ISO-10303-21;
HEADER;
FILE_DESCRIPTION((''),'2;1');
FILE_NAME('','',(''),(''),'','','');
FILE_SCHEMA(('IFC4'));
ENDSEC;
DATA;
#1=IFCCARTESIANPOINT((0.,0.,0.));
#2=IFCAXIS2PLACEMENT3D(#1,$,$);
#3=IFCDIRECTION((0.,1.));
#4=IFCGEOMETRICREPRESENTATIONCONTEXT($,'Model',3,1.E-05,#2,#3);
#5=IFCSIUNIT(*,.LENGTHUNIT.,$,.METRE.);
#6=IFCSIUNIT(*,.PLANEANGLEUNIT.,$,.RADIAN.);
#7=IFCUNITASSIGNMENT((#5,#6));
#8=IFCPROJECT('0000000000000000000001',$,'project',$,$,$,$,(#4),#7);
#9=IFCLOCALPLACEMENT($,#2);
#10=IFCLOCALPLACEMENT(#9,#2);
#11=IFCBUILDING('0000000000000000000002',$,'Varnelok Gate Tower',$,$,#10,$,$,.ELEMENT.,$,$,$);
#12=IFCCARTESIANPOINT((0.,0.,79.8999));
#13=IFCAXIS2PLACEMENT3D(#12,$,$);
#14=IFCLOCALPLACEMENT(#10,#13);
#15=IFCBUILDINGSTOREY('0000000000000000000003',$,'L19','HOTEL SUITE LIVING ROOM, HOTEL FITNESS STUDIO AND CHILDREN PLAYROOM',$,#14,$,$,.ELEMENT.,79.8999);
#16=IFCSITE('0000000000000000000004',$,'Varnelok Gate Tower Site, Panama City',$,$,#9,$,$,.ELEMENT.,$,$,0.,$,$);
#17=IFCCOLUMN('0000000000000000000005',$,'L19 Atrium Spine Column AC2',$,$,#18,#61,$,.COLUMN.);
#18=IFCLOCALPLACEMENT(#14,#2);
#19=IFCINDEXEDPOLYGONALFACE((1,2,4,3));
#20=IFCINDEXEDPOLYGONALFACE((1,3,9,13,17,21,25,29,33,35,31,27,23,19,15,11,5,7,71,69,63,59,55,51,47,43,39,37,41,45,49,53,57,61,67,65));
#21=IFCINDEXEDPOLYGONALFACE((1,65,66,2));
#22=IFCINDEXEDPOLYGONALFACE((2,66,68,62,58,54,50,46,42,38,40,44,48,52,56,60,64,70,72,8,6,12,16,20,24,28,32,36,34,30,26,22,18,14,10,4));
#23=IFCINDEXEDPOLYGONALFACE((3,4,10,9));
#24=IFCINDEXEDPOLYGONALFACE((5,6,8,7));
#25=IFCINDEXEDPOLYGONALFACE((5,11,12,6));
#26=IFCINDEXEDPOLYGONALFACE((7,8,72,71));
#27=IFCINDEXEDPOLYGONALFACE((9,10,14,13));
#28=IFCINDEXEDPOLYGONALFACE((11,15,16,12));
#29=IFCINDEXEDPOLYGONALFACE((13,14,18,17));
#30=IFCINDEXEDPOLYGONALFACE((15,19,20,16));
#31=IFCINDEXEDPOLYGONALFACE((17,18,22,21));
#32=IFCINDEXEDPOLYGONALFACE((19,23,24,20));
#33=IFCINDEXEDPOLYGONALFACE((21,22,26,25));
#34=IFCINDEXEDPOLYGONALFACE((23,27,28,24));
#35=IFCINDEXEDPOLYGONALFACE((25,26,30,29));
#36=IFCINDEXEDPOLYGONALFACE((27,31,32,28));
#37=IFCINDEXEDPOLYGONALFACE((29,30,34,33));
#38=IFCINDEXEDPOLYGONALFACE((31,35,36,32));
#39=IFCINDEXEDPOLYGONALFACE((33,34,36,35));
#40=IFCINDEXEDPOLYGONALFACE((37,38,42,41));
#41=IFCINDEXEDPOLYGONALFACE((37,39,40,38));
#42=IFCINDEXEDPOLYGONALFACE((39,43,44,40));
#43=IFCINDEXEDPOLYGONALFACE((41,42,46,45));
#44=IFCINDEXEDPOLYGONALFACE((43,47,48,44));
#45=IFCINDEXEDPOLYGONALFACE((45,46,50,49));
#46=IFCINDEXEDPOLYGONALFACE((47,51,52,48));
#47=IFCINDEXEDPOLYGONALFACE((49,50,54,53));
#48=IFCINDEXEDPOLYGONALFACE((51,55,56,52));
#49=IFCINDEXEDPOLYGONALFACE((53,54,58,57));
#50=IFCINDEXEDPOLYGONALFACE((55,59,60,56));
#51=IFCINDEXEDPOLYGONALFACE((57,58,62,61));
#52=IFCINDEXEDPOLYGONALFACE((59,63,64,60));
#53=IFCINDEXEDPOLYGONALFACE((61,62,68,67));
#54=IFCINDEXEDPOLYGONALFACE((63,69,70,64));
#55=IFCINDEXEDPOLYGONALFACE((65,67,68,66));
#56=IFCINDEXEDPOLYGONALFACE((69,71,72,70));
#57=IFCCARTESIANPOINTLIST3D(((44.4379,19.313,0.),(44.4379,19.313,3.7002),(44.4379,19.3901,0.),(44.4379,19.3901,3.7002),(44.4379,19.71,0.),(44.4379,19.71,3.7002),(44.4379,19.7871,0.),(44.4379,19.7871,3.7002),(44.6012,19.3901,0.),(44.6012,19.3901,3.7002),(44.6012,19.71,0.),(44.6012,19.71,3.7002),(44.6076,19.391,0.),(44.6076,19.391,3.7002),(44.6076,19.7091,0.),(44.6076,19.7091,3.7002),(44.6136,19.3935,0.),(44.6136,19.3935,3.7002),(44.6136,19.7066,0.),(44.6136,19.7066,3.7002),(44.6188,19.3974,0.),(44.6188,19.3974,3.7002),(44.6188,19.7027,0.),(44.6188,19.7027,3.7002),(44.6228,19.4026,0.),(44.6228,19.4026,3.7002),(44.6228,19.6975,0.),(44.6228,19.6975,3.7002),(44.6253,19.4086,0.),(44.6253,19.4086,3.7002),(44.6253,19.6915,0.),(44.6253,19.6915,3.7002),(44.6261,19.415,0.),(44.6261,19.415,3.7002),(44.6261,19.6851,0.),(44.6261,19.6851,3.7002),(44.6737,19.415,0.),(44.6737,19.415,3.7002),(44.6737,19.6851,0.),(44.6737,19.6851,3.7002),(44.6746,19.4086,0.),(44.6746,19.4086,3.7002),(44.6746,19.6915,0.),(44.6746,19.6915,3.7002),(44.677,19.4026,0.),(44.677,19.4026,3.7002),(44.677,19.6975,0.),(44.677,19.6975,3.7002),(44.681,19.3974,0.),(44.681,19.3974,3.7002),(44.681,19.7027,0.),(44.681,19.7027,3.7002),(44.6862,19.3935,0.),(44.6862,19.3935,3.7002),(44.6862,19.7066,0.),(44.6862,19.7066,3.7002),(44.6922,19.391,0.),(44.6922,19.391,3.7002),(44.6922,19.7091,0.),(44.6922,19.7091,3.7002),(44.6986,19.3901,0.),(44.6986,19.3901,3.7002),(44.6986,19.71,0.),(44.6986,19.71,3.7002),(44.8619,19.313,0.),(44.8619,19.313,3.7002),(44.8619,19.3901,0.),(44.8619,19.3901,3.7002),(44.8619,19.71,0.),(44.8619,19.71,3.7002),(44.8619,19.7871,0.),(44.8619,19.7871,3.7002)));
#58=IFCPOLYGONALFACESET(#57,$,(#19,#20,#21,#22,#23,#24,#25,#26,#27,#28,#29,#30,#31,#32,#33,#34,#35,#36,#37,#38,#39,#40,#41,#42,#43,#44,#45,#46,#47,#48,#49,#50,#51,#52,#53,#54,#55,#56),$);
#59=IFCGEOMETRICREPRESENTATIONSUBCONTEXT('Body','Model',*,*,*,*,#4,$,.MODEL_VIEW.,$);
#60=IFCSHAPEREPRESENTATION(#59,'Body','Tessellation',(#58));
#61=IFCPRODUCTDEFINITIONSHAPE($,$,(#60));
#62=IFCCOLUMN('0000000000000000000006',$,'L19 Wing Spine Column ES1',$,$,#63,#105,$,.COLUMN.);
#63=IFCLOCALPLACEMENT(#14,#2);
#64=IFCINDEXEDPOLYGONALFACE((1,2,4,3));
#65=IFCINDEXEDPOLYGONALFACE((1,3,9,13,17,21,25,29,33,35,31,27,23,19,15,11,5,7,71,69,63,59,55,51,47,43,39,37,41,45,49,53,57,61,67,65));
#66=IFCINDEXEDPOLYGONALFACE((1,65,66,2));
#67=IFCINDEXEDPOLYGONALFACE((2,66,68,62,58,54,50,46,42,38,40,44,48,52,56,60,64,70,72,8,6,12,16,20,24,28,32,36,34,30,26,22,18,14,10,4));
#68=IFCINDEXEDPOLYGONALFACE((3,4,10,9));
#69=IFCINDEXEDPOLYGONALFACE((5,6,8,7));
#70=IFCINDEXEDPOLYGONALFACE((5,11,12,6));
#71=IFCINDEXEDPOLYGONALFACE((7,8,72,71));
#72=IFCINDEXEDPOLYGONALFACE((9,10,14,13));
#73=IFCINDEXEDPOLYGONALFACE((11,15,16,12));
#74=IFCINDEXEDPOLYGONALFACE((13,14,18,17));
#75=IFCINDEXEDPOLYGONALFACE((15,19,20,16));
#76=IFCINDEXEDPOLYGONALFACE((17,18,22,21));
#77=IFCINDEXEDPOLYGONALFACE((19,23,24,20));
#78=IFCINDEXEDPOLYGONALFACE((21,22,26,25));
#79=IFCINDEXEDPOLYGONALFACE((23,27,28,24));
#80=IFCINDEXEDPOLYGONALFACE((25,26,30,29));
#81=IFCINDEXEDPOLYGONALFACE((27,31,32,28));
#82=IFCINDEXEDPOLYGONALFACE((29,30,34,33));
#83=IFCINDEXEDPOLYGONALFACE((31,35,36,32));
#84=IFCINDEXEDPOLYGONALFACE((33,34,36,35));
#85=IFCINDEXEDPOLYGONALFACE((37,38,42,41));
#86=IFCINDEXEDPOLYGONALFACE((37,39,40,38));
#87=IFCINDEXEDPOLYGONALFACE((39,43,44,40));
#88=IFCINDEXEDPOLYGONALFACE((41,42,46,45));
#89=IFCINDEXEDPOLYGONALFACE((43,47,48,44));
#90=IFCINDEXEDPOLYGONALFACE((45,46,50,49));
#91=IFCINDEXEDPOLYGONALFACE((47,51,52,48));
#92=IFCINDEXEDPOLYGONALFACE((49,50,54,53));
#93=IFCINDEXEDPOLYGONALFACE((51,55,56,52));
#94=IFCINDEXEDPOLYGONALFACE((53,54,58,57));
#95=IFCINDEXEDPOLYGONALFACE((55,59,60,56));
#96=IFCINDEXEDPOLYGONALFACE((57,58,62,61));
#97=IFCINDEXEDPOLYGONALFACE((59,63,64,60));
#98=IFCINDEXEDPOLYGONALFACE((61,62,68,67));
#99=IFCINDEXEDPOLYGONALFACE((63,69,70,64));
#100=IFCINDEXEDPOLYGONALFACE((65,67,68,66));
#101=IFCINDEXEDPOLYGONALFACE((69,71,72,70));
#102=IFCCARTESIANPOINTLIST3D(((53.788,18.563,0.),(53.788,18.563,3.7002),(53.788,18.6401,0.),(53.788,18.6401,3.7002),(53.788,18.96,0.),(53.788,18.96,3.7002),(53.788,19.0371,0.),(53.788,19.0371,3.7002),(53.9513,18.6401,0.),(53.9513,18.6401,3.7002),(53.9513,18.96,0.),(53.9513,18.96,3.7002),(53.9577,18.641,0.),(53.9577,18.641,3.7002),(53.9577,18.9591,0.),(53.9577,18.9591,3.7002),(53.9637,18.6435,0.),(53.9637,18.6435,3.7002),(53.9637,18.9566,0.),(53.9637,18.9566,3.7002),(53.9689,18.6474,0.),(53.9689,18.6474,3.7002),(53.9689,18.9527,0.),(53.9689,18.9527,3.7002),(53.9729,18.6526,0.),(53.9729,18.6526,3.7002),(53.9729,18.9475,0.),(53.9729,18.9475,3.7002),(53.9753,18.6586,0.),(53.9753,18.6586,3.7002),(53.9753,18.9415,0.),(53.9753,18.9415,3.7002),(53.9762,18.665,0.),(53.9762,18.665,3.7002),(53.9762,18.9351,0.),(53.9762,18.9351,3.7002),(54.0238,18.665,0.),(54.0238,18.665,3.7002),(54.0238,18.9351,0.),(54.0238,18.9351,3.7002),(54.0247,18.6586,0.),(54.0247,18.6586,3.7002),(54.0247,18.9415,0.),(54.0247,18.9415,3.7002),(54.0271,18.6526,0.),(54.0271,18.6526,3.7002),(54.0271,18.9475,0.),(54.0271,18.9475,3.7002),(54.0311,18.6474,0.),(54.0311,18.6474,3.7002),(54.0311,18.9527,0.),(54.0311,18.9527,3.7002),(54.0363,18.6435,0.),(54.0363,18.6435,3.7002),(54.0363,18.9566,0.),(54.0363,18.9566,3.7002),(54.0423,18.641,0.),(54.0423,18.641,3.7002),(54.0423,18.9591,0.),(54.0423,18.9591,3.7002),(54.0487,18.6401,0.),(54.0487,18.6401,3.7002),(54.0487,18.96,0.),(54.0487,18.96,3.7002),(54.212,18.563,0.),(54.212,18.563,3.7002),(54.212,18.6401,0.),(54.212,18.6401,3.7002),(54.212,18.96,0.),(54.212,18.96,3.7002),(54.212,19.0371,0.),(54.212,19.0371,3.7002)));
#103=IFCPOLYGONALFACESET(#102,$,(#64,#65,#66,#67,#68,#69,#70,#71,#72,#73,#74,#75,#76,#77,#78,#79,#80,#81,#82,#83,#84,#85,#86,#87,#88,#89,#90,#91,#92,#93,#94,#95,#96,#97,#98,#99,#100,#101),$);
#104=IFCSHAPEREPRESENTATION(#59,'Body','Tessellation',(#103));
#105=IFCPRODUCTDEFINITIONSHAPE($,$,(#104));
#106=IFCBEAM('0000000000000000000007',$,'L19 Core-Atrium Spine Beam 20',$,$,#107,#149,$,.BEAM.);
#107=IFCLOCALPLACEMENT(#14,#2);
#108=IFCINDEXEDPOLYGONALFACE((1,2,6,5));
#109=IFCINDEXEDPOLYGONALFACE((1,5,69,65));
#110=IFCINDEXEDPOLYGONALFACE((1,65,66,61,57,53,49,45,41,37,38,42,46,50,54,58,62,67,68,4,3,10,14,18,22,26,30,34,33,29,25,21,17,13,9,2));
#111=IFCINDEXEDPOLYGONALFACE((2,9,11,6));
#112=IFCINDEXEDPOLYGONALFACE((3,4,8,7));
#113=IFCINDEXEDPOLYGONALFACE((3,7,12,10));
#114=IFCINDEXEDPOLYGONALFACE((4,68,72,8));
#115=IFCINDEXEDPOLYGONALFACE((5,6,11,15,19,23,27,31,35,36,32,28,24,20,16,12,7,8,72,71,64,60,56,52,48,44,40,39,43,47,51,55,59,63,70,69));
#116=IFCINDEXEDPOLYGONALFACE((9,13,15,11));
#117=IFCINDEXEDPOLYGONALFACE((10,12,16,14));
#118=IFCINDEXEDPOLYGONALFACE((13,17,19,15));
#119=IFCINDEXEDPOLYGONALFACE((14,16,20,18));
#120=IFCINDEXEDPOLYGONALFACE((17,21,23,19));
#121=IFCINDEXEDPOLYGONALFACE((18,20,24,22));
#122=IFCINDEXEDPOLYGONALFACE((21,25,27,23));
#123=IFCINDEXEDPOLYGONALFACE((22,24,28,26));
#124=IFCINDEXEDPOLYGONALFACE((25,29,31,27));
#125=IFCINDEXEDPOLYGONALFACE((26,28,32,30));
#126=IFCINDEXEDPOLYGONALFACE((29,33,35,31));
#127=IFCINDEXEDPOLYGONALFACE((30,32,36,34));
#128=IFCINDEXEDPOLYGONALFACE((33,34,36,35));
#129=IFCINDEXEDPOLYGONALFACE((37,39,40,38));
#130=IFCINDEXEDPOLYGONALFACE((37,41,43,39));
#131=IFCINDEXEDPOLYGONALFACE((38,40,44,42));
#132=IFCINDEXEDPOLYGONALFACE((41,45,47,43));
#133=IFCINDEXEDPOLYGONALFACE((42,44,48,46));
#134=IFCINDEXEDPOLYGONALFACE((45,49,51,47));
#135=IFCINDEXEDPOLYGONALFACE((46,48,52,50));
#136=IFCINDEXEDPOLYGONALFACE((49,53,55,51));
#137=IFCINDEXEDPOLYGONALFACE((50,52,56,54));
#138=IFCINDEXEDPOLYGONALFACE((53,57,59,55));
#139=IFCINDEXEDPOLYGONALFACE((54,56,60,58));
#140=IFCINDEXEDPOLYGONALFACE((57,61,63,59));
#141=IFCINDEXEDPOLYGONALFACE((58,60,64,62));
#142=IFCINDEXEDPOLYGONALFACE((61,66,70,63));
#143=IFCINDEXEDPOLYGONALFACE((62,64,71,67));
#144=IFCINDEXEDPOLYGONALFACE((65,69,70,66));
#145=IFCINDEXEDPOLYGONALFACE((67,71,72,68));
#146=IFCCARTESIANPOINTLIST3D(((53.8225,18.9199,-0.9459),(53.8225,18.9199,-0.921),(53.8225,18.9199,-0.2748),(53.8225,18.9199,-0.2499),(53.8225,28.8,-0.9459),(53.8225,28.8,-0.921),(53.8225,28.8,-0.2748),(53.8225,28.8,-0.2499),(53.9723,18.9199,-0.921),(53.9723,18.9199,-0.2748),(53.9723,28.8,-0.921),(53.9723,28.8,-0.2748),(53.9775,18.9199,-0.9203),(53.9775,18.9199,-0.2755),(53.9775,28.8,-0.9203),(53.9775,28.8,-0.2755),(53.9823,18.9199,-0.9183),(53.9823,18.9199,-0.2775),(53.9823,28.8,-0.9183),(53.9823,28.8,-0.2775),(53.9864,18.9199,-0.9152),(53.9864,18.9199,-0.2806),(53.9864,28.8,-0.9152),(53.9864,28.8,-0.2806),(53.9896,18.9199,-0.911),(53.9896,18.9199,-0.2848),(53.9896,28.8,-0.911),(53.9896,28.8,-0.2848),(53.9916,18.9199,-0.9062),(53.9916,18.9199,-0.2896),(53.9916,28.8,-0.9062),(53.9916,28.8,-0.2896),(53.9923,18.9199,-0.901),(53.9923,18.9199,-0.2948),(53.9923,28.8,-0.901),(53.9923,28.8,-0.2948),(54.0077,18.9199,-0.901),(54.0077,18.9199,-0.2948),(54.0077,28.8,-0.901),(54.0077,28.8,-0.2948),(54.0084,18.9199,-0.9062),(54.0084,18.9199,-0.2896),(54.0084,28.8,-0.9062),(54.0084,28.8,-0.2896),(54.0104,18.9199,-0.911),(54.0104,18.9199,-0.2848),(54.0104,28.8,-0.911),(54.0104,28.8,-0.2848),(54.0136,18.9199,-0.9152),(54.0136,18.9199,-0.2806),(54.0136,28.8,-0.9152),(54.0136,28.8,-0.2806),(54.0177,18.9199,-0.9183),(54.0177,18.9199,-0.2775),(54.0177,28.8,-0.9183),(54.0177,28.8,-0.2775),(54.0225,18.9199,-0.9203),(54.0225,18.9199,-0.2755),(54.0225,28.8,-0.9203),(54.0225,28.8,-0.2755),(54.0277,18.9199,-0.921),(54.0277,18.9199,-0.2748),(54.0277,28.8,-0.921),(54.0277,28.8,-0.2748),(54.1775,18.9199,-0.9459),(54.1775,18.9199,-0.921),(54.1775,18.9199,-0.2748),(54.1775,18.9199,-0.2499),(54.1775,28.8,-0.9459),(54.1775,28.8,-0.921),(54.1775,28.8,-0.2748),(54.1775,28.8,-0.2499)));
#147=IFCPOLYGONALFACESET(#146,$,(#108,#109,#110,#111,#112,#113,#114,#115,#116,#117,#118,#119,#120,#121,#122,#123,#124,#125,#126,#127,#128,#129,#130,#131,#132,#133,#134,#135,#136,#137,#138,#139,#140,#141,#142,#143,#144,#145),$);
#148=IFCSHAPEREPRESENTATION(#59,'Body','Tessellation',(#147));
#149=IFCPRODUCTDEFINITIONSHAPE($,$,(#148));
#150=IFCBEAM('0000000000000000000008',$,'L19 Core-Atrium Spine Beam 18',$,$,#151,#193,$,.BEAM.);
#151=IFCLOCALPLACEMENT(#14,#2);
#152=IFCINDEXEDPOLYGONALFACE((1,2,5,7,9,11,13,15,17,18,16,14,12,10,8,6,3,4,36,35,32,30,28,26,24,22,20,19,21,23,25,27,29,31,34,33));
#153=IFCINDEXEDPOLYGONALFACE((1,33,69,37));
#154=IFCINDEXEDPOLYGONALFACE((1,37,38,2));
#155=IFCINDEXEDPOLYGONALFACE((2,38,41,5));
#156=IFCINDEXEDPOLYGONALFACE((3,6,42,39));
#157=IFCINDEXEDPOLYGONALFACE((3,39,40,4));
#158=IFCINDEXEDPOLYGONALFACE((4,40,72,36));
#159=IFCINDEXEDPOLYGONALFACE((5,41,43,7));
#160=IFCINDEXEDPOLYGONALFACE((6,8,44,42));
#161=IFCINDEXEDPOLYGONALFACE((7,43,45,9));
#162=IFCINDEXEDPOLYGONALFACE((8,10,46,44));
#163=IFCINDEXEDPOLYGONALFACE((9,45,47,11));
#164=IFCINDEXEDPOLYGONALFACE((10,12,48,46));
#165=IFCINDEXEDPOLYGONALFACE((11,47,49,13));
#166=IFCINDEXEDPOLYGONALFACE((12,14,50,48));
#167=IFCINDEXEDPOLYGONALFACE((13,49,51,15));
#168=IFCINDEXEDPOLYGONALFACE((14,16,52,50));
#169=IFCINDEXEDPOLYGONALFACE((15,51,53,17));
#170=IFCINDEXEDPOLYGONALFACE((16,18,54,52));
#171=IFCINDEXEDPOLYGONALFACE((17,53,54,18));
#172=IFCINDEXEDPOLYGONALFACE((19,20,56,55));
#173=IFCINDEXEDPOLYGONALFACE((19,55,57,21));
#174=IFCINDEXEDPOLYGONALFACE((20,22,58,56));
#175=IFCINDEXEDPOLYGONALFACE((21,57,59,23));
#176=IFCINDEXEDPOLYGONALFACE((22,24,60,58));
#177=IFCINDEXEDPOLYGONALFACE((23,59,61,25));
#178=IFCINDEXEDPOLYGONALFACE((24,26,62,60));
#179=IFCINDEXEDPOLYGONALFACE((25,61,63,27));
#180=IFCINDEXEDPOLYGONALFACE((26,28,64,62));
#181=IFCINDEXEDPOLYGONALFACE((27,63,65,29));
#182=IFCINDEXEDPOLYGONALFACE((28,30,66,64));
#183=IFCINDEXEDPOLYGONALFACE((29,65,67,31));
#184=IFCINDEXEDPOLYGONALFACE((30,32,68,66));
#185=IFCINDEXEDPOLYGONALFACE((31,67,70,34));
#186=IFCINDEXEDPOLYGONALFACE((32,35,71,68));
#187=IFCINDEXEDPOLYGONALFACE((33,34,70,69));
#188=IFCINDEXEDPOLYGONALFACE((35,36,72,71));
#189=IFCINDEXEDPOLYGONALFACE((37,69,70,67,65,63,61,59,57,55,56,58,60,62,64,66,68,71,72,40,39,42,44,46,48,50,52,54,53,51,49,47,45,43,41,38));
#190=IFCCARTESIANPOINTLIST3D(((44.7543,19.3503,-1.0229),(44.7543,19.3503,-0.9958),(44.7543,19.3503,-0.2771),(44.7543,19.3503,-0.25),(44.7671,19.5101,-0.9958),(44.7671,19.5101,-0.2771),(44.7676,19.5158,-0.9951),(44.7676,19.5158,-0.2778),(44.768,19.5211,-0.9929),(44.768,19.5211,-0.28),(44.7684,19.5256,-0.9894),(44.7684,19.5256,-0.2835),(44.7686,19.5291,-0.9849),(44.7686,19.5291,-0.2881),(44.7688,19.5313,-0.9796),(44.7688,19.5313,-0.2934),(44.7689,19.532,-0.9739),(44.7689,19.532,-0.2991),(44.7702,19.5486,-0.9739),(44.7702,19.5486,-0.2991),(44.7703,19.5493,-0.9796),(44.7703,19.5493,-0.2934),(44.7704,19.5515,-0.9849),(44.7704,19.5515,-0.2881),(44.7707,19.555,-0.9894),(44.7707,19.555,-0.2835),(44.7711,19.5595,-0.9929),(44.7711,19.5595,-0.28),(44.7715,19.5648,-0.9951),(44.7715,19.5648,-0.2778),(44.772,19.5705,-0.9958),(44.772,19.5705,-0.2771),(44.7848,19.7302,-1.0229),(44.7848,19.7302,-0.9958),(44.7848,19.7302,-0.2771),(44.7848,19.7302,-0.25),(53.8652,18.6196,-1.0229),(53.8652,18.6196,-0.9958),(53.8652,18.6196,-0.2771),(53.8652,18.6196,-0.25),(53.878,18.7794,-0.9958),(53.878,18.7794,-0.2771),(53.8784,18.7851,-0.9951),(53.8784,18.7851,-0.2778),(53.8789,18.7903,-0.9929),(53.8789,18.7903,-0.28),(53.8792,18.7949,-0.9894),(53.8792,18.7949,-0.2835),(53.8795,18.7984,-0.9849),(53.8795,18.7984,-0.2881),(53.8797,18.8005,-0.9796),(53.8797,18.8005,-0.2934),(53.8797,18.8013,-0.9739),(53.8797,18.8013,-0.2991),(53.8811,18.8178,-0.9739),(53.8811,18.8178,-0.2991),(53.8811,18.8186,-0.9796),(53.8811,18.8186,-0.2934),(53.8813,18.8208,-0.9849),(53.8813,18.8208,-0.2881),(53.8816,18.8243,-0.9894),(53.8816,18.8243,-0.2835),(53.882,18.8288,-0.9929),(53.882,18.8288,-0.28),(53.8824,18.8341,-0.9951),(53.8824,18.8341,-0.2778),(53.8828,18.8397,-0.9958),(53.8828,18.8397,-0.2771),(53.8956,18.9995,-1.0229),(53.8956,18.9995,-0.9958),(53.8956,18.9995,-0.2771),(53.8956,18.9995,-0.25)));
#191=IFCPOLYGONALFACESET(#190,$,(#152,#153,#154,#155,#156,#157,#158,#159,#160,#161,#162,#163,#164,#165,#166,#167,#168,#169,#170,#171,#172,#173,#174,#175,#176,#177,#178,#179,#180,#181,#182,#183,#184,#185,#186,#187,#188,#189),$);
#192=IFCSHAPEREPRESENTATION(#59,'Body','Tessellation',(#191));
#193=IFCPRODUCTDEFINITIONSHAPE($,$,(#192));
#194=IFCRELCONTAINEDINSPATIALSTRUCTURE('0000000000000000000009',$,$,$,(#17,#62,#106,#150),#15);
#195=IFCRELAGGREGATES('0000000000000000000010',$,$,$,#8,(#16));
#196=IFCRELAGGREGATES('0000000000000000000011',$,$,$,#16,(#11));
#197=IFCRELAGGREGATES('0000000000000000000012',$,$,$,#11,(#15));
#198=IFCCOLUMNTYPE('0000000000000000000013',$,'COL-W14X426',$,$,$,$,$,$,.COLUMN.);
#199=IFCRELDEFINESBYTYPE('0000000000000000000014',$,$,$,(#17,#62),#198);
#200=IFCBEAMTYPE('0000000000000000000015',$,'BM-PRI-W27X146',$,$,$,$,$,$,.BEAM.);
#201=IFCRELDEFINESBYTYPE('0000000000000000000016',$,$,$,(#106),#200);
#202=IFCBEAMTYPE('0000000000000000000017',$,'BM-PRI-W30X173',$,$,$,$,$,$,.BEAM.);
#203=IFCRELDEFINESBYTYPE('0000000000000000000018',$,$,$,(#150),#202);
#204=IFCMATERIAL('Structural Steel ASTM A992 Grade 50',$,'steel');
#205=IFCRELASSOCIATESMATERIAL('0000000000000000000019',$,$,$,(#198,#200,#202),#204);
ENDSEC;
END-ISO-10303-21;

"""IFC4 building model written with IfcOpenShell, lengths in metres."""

from ifc_helpers import new_model, si_unit, direction, frame, origin, origin_2d, place, context, subcontext, project, spatial, i_section, extrude, material, material_profile, profile_set, type_object, element, save


model = new_model("IFC4")

# Units and contexts
model_context = context("Model", 3, precision=1e-05, world=origin(), true_north=direction((0.0, 1.0)))
body_context = subcontext(model_context, "Body", "Model", "MODEL_VIEW")
ifc_project = project(units=[si_unit("LENGTHUNIT", "METRE"), si_unit("PLANEANGLEUNIT", "RADIAN")], contexts=[model_context])

# Site, building, storey
site_placement = place(None, origin())
site = spatial("IfcSite", under=ifc_project, at=site_placement, Name="Varnelok Gate Tower Site, Panama City", CompositionType="ELEMENT", RefElevation=0.0)
building_placement = place(site_placement, origin())
building = spatial("IfcBuilding", under=site, at=building_placement, Name="Varnelok Gate Tower", CompositionType="ELEMENT")
storey_placement = place(building_placement, frame((0.0, 0.0, 79.8999)))
storey = spatial("IfcBuildingStorey", under=building, at=storey_placement, Name="L19", Description="HOTEL SUITE LIVING ROOM, HOTEL FITNESS STUDIO AND CHILDREN PLAYROOM", CompositionType="ELEMENT", Elevation=79.8999)

# Columns
ifc_material_1 = material(Name="Structural Steel ASTM A992 Grade 50", Category="steel")
ifc_material_profile_1 = material_profile(ifc_material_1, i_section(OverallWidth=0.4241, OverallDepth=0.4741, WebThickness=0.0476, FlangeThickness=0.0771, FilletRadius=0.0249, at=origin_2d()), Name="W14X426")
ifc_profile_set_1 = profile_set([ifc_material_profile_1], Name="Structural Steel ASTM A992 Grade 50")
column_type = type_object("IfcColumnType", Name="COL-W14X426", PredefinedType="COLUMN", material=ifc_profile_set_1)
for number, where, z_axis, x_axis, name in (
    (1, (44.6499, 19.55, 0.0), (0.0, 0.0, 1.0), (1.0, 0.0, 0.0), "L19 Atrium Spine Column AC2"),
    (2, (54.0, 18.8, 0.0), (0.0, 0.0, 1.0), (1.0, 0.0, 0.0), "L19 Wing Spine Column ES1"),
):
    element("IfcColumn", number, at=place(storey_placement, frame(where, z_axis=z_axis, x_axis=x_axis)), inside=storey, type_object=column_type, Name=name, PredefinedType="COLUMN", context=body_context, shape_type="SweptSolid", body=[
        extrude(i_section(OverallWidth=0.4241, OverallDepth=0.4741, WebThickness=0.0476, FlangeThickness=0.0771, FilletRadius=0.0249, at=origin_2d()), origin(), (0.0, 0.0, 1.0), 3.7002),
    ])

# Beams
ifc_material_profile_2 = material_profile(ifc_material_1, i_section(OverallWidth=0.355, OverallDepth=0.696, WebThickness=0.0154, FlangeThickness=0.0249, FilletRadius=0.02, at=origin_2d()), Name="W27X146")
ifc_profile_set_2 = profile_set([ifc_material_profile_2], Name="Structural Steel ASTM A992 Grade 50")
beam_type_1 = type_object("IfcBeamType", Name="BM-PRI-W27X146", PredefinedType="BEAM", material=ifc_profile_set_2)
beam_1_placement = place(storey_placement, frame((54.0, 18.9199, -0.5979), z_axis=(0.0, 1.0, 0.0), x_axis=(-1.0, 0.0, 0.0)))
element("IfcBeam", 3, at=beam_1_placement, inside=storey, type_object=beam_type_1, Name="L19 Core-Atrium Spine Beam 20", PredefinedType="BEAM", context=body_context, shape_type="SweptSolid", body=[
    extrude(i_section(OverallWidth=0.355, OverallDepth=0.696, WebThickness=0.0154, FlangeThickness=0.0249, FilletRadius=0.02, at=origin_2d()), origin(), (0.0, 0.0, 1.0), 9.8801),
])
ifc_material_profile_3 = material_profile(ifc_material_1, i_section(OverallWidth=0.3811, OverallDepth=0.7729, WebThickness=0.0166, FlangeThickness=0.0271, FilletRadius=0.022, at=origin_2d()), Name="W30X173")
ifc_profile_set_3 = profile_set([ifc_material_profile_3], Name="Structural Steel ASTM A992 Grade 50")
beam_type_2 = type_object("IfcBeamType", Name="BM-PRI-W30X173", PredefinedType="BEAM", material=ifc_profile_set_3)
beam_2_placement = place(storey_placement, frame((44.7695, 19.5403, -0.6365), z_axis=(0.996799, -0.079946, 0.0), x_axis=(0.079946, 0.996799, 0.0)))
element("IfcBeam", 4, at=beam_2_placement, inside=storey, type_object=beam_type_2, Name="L19 Core-Atrium Spine Beam 18", PredefinedType="BEAM", context=body_context, shape_type="SweptSolid", body=[
    extrude(i_section(OverallWidth=0.3811, OverallDepth=0.7729, WebThickness=0.0166, FlangeThickness=0.0271, FilletRadius=0.022, at=origin_2d()), origin(), (0.0, 0.0, 1.0), 9.1401),
])

save(model, "model.ifc")
